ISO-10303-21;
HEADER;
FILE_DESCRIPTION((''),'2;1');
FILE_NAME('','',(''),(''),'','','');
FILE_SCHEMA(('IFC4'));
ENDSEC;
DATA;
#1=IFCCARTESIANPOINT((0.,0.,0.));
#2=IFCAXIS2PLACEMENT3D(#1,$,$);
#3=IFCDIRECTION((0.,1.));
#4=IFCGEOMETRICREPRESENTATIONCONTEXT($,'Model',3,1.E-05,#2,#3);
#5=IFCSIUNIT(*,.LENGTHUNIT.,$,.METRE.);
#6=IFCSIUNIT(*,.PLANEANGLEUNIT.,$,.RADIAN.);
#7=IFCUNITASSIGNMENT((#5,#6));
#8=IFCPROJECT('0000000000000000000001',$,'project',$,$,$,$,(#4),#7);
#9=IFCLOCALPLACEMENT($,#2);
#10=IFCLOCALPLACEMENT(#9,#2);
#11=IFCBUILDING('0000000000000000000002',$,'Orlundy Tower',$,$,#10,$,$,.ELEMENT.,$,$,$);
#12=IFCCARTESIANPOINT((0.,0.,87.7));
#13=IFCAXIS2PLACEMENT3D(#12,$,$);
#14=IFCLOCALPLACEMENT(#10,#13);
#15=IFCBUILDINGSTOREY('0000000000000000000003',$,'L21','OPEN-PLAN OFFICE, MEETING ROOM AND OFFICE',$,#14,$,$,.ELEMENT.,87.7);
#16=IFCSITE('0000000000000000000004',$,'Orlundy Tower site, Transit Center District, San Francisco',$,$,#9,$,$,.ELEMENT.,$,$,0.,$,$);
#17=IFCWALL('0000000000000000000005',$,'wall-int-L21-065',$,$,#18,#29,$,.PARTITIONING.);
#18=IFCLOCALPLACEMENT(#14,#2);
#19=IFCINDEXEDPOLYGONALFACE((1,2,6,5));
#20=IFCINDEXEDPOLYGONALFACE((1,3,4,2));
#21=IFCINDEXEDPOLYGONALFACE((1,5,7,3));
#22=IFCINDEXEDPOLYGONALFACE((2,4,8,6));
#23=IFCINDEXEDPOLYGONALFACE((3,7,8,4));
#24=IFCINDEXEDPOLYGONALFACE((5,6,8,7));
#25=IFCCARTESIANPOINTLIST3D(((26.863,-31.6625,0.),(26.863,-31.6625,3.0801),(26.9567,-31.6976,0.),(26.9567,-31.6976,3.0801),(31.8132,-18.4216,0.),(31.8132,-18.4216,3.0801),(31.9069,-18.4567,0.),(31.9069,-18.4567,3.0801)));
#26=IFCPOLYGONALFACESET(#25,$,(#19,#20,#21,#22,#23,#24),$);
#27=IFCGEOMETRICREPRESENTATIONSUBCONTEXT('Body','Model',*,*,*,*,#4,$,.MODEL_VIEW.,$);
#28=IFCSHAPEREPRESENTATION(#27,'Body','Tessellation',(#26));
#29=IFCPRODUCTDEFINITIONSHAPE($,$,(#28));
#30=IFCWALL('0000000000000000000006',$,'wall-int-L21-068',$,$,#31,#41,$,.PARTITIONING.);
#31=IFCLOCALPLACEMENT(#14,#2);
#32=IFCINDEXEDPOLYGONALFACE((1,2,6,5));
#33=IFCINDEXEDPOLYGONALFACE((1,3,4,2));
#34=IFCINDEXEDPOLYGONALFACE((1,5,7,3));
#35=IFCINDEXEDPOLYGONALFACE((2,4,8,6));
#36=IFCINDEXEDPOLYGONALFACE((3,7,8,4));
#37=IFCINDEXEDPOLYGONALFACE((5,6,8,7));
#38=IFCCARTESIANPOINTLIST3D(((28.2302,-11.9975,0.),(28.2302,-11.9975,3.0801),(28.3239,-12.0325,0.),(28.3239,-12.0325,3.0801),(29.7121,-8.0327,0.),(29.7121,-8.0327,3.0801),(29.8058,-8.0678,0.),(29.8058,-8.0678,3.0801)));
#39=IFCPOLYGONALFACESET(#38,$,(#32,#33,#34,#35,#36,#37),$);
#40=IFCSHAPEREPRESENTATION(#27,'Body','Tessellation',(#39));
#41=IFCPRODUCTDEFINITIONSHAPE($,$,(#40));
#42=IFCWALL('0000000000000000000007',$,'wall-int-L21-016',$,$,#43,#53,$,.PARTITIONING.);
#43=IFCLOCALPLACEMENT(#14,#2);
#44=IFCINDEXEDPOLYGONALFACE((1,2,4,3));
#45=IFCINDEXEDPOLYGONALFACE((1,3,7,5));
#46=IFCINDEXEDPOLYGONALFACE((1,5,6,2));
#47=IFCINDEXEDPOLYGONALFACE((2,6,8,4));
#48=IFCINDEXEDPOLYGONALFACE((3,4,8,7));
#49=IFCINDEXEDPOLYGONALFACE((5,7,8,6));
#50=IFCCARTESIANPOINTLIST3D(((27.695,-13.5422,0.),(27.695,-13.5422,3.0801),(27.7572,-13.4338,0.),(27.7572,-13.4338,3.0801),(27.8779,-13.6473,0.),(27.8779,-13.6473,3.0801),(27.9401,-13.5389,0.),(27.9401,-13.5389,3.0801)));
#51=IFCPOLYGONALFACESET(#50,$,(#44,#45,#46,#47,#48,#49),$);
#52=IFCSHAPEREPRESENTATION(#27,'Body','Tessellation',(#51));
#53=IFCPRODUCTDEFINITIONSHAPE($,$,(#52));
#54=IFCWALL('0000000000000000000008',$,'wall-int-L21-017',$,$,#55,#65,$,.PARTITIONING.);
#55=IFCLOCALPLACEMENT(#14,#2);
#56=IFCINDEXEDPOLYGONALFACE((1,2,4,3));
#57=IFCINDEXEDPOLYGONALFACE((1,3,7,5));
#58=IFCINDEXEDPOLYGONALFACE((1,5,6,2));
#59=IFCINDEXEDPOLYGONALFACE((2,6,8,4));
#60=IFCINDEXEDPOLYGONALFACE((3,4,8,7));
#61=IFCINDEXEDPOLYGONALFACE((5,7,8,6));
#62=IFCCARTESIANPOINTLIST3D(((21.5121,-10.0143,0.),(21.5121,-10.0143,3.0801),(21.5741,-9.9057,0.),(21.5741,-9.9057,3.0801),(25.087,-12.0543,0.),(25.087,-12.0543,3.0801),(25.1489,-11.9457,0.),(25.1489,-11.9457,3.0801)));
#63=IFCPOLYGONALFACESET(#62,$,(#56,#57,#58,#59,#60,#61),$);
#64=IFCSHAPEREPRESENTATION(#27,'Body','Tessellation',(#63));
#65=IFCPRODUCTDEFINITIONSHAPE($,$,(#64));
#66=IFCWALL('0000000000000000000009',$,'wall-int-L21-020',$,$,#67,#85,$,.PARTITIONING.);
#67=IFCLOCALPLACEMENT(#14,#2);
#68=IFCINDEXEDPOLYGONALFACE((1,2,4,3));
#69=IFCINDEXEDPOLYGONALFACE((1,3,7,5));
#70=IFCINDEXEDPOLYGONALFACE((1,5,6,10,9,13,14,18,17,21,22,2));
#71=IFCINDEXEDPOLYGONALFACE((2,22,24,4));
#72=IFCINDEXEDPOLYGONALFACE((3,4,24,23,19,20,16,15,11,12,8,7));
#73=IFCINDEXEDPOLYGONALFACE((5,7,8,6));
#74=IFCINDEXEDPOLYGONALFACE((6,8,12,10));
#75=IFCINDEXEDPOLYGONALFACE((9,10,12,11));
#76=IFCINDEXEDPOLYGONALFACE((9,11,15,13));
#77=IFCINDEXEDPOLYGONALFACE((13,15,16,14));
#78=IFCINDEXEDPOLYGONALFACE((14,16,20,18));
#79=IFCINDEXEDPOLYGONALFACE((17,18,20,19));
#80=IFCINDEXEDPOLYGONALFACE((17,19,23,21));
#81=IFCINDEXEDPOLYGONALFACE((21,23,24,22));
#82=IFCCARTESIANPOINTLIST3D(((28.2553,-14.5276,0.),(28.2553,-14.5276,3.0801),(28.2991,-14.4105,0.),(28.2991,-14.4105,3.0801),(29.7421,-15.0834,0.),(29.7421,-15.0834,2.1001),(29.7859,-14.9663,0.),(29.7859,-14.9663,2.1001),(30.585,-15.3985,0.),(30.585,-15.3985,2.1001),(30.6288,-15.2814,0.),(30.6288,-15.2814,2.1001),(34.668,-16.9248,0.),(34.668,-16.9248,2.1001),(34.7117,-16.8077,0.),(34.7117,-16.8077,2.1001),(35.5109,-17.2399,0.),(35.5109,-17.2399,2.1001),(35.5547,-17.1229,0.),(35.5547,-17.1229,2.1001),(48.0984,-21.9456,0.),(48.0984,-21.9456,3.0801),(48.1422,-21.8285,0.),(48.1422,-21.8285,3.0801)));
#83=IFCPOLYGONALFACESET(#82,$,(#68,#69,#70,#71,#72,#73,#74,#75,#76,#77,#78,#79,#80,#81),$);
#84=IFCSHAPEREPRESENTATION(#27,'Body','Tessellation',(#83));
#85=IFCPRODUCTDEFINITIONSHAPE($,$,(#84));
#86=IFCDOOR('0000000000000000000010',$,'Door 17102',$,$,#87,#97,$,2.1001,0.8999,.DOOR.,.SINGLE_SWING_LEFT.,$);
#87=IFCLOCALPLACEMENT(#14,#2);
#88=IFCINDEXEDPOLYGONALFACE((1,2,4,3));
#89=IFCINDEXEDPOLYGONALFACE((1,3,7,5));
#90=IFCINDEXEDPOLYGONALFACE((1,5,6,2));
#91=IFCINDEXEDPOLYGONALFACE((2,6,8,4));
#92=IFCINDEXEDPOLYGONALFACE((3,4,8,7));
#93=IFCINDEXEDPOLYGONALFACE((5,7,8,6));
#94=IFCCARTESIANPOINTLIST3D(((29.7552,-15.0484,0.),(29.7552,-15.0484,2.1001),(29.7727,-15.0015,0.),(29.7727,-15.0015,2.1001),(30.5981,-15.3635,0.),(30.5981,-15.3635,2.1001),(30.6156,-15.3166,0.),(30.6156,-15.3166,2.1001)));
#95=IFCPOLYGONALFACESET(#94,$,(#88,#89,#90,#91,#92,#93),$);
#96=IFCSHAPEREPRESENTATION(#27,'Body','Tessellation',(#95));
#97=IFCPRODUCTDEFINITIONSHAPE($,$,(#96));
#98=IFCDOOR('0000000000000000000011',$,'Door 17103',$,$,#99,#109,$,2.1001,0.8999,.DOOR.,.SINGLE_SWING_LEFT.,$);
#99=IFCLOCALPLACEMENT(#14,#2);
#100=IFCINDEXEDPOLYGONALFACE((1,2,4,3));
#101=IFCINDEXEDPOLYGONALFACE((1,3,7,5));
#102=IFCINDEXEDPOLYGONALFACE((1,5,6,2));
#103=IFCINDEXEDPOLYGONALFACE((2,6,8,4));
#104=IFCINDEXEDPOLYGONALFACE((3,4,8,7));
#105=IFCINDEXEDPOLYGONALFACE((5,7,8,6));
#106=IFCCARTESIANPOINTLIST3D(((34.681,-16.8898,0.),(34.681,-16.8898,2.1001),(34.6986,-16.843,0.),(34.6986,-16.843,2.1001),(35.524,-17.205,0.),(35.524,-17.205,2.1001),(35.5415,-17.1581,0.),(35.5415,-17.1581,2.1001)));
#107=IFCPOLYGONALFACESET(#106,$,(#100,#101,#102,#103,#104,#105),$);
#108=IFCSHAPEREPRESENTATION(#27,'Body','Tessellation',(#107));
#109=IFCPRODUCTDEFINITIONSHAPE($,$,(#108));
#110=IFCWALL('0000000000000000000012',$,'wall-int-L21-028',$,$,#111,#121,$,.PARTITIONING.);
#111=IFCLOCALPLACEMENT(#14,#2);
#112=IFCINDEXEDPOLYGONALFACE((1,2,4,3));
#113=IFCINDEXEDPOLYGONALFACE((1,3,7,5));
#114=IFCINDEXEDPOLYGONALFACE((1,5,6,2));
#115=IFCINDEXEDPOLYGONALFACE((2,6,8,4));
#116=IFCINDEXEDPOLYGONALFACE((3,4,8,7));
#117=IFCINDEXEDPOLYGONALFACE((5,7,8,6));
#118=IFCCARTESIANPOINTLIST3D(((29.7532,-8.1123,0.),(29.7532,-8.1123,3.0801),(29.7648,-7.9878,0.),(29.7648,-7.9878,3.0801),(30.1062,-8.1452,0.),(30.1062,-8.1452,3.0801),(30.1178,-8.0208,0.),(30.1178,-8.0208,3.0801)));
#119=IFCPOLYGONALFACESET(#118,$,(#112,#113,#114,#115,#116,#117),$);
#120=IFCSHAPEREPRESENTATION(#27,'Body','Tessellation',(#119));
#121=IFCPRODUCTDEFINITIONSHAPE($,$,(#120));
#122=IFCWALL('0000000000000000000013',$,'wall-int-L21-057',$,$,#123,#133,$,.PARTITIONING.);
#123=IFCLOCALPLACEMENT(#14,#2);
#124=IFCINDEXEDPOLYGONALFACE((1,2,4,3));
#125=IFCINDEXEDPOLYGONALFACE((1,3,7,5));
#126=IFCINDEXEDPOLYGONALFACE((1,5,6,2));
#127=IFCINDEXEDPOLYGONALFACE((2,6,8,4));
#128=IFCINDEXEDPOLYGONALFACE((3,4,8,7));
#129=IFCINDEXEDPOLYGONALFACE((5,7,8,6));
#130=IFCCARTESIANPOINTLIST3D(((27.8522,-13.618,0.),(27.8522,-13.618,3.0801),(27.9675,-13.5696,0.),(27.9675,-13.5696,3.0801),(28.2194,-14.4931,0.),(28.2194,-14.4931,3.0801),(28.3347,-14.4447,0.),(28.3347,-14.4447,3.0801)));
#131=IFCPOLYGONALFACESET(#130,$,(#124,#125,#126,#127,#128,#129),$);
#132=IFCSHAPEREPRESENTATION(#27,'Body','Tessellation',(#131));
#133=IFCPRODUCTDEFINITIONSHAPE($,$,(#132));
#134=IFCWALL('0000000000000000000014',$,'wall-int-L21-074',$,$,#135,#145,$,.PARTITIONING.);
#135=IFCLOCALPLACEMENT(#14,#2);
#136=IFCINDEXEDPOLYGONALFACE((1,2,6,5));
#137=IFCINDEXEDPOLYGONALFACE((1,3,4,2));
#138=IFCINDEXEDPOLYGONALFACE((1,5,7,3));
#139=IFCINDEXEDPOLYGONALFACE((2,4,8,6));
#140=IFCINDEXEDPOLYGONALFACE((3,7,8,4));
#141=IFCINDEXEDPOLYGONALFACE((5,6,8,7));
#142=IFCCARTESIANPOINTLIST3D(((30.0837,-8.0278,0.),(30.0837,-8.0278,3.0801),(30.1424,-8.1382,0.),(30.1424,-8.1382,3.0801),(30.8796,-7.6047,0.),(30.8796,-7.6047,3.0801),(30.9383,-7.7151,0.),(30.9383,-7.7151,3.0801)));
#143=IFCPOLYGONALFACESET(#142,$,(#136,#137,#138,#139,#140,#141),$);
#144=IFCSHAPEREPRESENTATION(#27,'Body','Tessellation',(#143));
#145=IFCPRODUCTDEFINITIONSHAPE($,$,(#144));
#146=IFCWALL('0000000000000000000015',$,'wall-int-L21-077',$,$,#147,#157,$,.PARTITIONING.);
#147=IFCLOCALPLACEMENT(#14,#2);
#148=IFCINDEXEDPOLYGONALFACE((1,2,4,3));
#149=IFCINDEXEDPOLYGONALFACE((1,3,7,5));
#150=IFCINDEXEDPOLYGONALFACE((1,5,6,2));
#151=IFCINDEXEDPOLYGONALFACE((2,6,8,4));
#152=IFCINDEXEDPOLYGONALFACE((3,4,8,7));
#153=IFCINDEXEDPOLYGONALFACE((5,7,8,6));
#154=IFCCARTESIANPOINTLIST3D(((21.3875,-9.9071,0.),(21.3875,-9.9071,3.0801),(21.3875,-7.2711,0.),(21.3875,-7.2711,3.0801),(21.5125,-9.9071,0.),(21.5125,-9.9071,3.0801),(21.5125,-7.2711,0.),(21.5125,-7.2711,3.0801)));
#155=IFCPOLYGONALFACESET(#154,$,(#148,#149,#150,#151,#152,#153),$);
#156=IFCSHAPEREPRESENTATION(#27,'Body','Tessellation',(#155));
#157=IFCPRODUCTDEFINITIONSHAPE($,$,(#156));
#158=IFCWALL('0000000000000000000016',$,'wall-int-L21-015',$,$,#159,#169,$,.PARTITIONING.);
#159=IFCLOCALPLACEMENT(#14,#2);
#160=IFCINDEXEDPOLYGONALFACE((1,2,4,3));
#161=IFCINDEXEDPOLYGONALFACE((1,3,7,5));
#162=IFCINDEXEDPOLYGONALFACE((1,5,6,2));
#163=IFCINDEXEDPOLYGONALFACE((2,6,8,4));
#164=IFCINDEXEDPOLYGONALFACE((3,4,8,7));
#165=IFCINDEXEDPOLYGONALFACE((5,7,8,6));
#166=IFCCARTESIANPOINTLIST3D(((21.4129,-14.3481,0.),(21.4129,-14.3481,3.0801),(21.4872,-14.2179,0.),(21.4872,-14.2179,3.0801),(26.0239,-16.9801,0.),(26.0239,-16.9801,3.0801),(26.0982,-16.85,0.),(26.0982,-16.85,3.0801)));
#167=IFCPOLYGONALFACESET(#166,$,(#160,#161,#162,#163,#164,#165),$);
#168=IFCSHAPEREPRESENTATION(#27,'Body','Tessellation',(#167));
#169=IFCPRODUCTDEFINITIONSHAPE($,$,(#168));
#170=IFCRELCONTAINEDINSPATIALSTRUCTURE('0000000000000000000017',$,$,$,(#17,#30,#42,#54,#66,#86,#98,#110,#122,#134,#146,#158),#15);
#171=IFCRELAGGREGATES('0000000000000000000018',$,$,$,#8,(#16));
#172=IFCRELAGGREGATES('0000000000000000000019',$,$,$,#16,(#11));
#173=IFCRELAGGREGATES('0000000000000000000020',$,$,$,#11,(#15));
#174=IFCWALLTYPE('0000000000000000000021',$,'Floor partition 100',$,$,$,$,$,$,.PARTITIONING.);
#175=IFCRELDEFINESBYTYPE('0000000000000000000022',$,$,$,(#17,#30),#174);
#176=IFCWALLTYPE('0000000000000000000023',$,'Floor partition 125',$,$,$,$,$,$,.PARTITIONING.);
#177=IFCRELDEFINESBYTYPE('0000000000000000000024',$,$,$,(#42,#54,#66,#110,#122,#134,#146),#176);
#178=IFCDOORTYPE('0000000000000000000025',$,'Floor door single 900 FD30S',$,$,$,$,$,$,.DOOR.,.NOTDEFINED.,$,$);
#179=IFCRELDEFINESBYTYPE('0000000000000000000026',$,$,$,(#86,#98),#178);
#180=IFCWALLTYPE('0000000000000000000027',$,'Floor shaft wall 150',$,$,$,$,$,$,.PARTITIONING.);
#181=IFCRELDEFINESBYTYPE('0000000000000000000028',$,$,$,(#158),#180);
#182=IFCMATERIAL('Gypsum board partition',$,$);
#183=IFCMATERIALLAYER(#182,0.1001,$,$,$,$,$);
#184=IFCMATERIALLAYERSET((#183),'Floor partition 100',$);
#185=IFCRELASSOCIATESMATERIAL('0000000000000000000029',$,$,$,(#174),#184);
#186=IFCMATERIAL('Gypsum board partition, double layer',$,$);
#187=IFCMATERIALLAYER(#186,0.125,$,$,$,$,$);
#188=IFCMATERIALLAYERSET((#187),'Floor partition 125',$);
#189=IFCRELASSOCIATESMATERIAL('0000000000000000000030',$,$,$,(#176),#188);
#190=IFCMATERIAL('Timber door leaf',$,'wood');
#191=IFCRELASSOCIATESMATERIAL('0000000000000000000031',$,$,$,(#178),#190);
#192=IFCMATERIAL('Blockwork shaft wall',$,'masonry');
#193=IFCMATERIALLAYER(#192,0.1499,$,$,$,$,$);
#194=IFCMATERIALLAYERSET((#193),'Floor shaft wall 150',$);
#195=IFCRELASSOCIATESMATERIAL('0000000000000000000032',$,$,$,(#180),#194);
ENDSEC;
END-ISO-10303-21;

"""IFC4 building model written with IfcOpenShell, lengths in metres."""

from ifc_helpers import new_model, si_unit, direction, frame, frame_2d, origin, place, context, subcontext, project, spatial, rectangle, extrude, material, layer, layer_set, type_object, element, fill, save


model = new_model("IFC4")

# Units and contexts
model_context = context("Model", 3, precision=1e-05, world=origin(), true_north=direction((0.0, 1.0)))
body_context = subcontext(model_context, "Body", "Model", "MODEL_VIEW")
ifc_project = project(units=[si_unit("LENGTHUNIT", "METRE"), si_unit("PLANEANGLEUNIT", "RADIAN")], contexts=[model_context])

# Site, building, storey
site_placement = place(None, origin())
site = spatial("IfcSite", under=ifc_project, at=site_placement, Name="Orlundy Tower site, Transit Center District, San Francisco", CompositionType="ELEMENT", RefElevation=0.0)
building_placement = place(site_placement, origin())
building = spatial("IfcBuilding", under=site, at=building_placement, Name="Orlundy Tower", CompositionType="ELEMENT")
storey_placement = place(building_placement, frame((0.0, 0.0, 87.7)))
storey = spatial("IfcBuildingStorey", under=building, at=storey_placement, Name="L21", Description="OPEN-PLAN OFFICE, MEETING ROOM AND OFFICE", CompositionType="ELEMENT", Elevation=87.7)

# Walls
ifc_material_1 = material(Name="Gypsum board partition")
ifc_layer_1 = layer(ifc_material_1, 0.1001)
ifc_layer_set_1 = layer_set([ifc_layer_1], Name="Floor partition 100")
wall_type_1 = type_object("IfcWallType", Name="Floor partition 100", PredefinedType="PARTITIONING", material=ifc_layer_set_1)
wall_1_placement = place(storey_placement, frame((26.9099, -31.6799, 0.0), z_axis=(0.0, 0.0, 1.0), x_axis=(0.350183, 0.936681, 0.0)))
element("IfcWall", 1, at=wall_1_placement, inside=storey, type_object=wall_type_1, Name="wall-int-L21-065", PredefinedType="PARTITIONING", context=body_context, shape_type="SweptSolid", body=[
    extrude(rectangle(XDim=14.136, YDim=0.1001, at=frame_2d((7.0679, 0.0))), origin(), (0.0, 0.0, 1.0), 3.0801),
])
wall_2_placement = place(storey_placement, frame((28.2771, -12.0149, 0.0), z_axis=(0.0, 0.0, 1.0), x_axis=(0.350112, 0.936708, 0.0)))
element("IfcWall", 2, at=wall_2_placement, inside=storey, type_object=wall_type_1, Name="wall-int-L21-068", PredefinedType="PARTITIONING", context=body_context, shape_type="SweptSolid", body=[
    extrude(rectangle(XDim=4.2327, YDim=0.1001, at=frame_2d((2.1162, 0.0))), origin(), (0.0, 0.0, 1.0), 3.0801),
])
ifc_material_2 = material(Name="Gypsum board partition, double layer")
ifc_layer_2 = layer(ifc_material_2, 0.125)
ifc_layer_set_2 = layer_set([ifc_layer_2], Name="Floor partition 125")
wall_type_2 = type_object("IfcWallType", Name="Floor partition 125", PredefinedType="PARTITIONING", material=ifc_layer_set_2)
wall_3_placement = place(storey_placement, frame((27.7261, -13.488, 0.0), z_axis=(0.0, 0.0, 1.0), x_axis=(0.867244, -0.497884, 0.0)))
element("IfcWall", 3, at=wall_3_placement, inside=storey, type_object=wall_type_2, Name="wall-int-L21-016", PredefinedType="PARTITIONING", context=body_context, shape_type="SweptSolid", body=[
    extrude(rectangle(XDim=0.2109, YDim=0.125, at=frame_2d((0.1055, 0.0))), origin(), (0.0, 0.0, 1.0), 3.0801),
])
wall_4_placement = place(storey_placement, frame((21.543, -9.96, 0.0), z_axis=(0.0, 0.0, 1.0), x_axis=(0.868535, -0.495628, 0.0)))
element("IfcWall", 4, at=wall_4_placement, inside=storey, type_object=wall_type_2, Name="wall-int-L21-017", PredefinedType="PARTITIONING", context=body_context, shape_type="SweptSolid", body=[
    extrude(rectangle(XDim=4.116, YDim=0.125, at=frame_2d((2.0581, 0.0))), origin(), (0.0, 0.0, 1.0), 3.0801),
])

# Wall, openings, doors
wall_5_placement = place(storey_placement, frame((28.2771, -14.469, 0.0), z_axis=(0.0, 0.0, 1.0), x_axis=(0.936688, -0.350165, 0.0)))
wall_5 = element("IfcWall", 5, at=wall_5_placement, inside=storey, type_object=wall_type_2, Name="wall-int-L21-020", PredefinedType="PARTITIONING", context=body_context, shape_type="SweptSolid", body=[
    extrude(rectangle(XDim=21.1843, YDim=0.125, at=frame_2d((10.5923, 0.0))), origin(), (0.0, 0.0, 1.0), 3.0801),
])
opening_1_placement = place(wall_5_placement, frame((1.5874, 0.0, 0.0)))
opening_1 = element("IfcOpeningElement", 6, at=opening_1_placement, cuts=wall_5, PredefinedType="OPENING", context=body_context, shape_type="SweptSolid", body=[
    extrude(rectangle(XDim=0.8999, YDim=2.1001, at=frame_2d((0.45, 1.05))), frame((0.0, 0.0725, 0.0), z_axis=(0.0, -1.0, 0.0), x_axis=(1.0, 0.0, 0.0)), (0.0, 0.0, 1.0), 0.145),
])
opening_2_placement = place(wall_5_placement, frame((6.8462, 0.0, 0.0)))
opening_2 = element("IfcOpeningElement", 7, at=opening_2_placement, cuts=wall_5, PredefinedType="OPENING", context=body_context, shape_type="SweptSolid", body=[
    extrude(rectangle(XDim=0.8999, YDim=2.1001, at=frame_2d((0.45, 1.05))), frame((0.0, 0.0725, 0.0), z_axis=(0.0, -1.0, 0.0), x_axis=(1.0, 0.0, 0.0)), (0.0, 0.0, 1.0), 0.145),
])
ifc_material_3 = material(Name="Timber door leaf", Category="wood")
door_type_1 = type_object("IfcDoorType", Name="Floor door single 900 FD30S", OperationType="NOTDEFINED", PredefinedType="DOOR", material=ifc_material_3)
door_1_placement = place(opening_1_placement, origin())
door_1 = element("IfcDoor", 8, at=door_1_placement, inside=storey, type_object=door_type_1, Name="Door 17102", OperationType="SINGLE_SWING_LEFT", OverallHeight=2.1001, OverallWidth=0.8999, PredefinedType="DOOR", context=body_context, shape_type="SweptSolid", body=[
    extrude(rectangle(XDim=0.8999, YDim=2.1001, at=frame_2d((0.45, 1.05))), frame((0.0, 0.0249, 0.0), z_axis=(0.0, -1.0, 0.0), x_axis=(1.0, 0.0, 0.0)), (0.0, 0.0, 1.0), 0.05),
])
fill(opening_1, door_1)
door_2_placement = place(opening_2_placement, origin())
door_2 = element("IfcDoor", 9, at=door_2_placement, inside=storey, type_object=door_type_1, Name="Door 17103", OperationType="SINGLE_SWING_LEFT", OverallHeight=2.1001, OverallWidth=0.8999, PredefinedType="DOOR", context=body_context, shape_type="SweptSolid", body=[
    extrude(rectangle(XDim=0.8999, YDim=2.1001, at=frame_2d((0.45, 1.05))), frame((0.0, 0.0249, 0.0), z_axis=(0.0, -1.0, 0.0), x_axis=(1.0, 0.0, 0.0)), (0.0, 0.0, 1.0), 0.05),
])
fill(opening_2, door_2)

# Walls
wall_6_placement = place(storey_placement, frame((29.759, -8.05, 0.0), z_axis=(0.0, 0.0, 1.0), x_axis=(0.99567, -0.092957, 0.0)))
element("IfcWall", 10, at=wall_6_placement, inside=storey, type_object=wall_type_2, Name="wall-int-L21-028", PredefinedType="PARTITIONING", context=body_context, shape_type="SweptSolid", body=[
    extrude(rectangle(XDim=0.3545, YDim=0.125, at=frame_2d((0.1772, 0.0))), origin(), (0.0, 0.0, 1.0), 3.0801),
])
wall_7_placement = place(storey_placement, frame((28.2771, -14.469, 0.0), z_axis=(0.0, 0.0, 1.0), x_axis=(-0.386953, 0.9221, 0.0)))
element("IfcWall", 11, at=wall_7_placement, inside=storey, type_object=wall_type_2, Name="wall-int-L21-057", PredefinedType="PARTITIONING", context=body_context, shape_type="SweptSolid", body=[
    extrude(rectangle(XDim=0.949, YDim=0.125, at=frame_2d((0.4746, 0.0))), origin(), (0.0, 0.0, 1.0), 3.0801),
])
wall_8_placement = place(storey_placement, frame((30.113, -8.083, 0.0), z_axis=(0.0, 0.0, 1.0), x_axis=(0.882989, 0.469393, 0.0)))
element("IfcWall", 12, at=wall_8_placement, inside=storey, type_object=wall_type_2, Name="wall-int-L21-074", PredefinedType="PARTITIONING", context=body_context, shape_type="SweptSolid", body=[
    extrude(rectangle(XDim=0.9014, YDim=0.125, at=frame_2d((0.4507, 0.0))), origin(), (0.0, 0.0, 1.0), 3.0801),
])
wall_9_placement = place(storey_placement, frame((21.45, -9.907, 0.0), z_axis=(0.0, 0.0, 1.0), x_axis=(0.0, 1.0, 0.0)))
element("IfcWall", 13, at=wall_9_placement, inside=storey, type_object=wall_type_2, Name="wall-int-L21-077", PredefinedType="PARTITIONING", context=body_context, shape_type="SweptSolid", body=[
    extrude(rectangle(XDim=2.636, YDim=0.125, at=frame_2d((1.3179, 0.0))), origin(), (0.0, 0.0, 1.0), 3.0801),
])
ifc_material_4 = material(Name="Blockwork shaft wall", Category="masonry")
ifc_layer_3 = layer(ifc_material_4, 0.1499)
ifc_layer_set_3 = layer_set([ifc_layer_3], Name="Floor shaft wall 150")
wall_type_3 = type_object("IfcWallType", Name="Floor shaft wall 150", PredefinedType="PARTITIONING", material=ifc_layer_set_3)
wall_10_placement = place(storey_placement, frame((21.45, -14.283, 0.0), z_axis=(0.0, 0.0, 1.0), x_axis=(0.868472, -0.495738, 0.0)))
element("IfcWall", 14, at=wall_10_placement, inside=storey, type_object=wall_type_3, Name="wall-int-L21-015", PredefinedType="PARTITIONING", context=body_context, shape_type="SweptSolid", body=[
    extrude(rectangle(XDim=5.3093, YDim=0.1499, at=frame_2d((2.6548, 0.0))), origin(), (0.0, 0.0, 1.0), 3.0801),
])

save(model, "model.ifc")
